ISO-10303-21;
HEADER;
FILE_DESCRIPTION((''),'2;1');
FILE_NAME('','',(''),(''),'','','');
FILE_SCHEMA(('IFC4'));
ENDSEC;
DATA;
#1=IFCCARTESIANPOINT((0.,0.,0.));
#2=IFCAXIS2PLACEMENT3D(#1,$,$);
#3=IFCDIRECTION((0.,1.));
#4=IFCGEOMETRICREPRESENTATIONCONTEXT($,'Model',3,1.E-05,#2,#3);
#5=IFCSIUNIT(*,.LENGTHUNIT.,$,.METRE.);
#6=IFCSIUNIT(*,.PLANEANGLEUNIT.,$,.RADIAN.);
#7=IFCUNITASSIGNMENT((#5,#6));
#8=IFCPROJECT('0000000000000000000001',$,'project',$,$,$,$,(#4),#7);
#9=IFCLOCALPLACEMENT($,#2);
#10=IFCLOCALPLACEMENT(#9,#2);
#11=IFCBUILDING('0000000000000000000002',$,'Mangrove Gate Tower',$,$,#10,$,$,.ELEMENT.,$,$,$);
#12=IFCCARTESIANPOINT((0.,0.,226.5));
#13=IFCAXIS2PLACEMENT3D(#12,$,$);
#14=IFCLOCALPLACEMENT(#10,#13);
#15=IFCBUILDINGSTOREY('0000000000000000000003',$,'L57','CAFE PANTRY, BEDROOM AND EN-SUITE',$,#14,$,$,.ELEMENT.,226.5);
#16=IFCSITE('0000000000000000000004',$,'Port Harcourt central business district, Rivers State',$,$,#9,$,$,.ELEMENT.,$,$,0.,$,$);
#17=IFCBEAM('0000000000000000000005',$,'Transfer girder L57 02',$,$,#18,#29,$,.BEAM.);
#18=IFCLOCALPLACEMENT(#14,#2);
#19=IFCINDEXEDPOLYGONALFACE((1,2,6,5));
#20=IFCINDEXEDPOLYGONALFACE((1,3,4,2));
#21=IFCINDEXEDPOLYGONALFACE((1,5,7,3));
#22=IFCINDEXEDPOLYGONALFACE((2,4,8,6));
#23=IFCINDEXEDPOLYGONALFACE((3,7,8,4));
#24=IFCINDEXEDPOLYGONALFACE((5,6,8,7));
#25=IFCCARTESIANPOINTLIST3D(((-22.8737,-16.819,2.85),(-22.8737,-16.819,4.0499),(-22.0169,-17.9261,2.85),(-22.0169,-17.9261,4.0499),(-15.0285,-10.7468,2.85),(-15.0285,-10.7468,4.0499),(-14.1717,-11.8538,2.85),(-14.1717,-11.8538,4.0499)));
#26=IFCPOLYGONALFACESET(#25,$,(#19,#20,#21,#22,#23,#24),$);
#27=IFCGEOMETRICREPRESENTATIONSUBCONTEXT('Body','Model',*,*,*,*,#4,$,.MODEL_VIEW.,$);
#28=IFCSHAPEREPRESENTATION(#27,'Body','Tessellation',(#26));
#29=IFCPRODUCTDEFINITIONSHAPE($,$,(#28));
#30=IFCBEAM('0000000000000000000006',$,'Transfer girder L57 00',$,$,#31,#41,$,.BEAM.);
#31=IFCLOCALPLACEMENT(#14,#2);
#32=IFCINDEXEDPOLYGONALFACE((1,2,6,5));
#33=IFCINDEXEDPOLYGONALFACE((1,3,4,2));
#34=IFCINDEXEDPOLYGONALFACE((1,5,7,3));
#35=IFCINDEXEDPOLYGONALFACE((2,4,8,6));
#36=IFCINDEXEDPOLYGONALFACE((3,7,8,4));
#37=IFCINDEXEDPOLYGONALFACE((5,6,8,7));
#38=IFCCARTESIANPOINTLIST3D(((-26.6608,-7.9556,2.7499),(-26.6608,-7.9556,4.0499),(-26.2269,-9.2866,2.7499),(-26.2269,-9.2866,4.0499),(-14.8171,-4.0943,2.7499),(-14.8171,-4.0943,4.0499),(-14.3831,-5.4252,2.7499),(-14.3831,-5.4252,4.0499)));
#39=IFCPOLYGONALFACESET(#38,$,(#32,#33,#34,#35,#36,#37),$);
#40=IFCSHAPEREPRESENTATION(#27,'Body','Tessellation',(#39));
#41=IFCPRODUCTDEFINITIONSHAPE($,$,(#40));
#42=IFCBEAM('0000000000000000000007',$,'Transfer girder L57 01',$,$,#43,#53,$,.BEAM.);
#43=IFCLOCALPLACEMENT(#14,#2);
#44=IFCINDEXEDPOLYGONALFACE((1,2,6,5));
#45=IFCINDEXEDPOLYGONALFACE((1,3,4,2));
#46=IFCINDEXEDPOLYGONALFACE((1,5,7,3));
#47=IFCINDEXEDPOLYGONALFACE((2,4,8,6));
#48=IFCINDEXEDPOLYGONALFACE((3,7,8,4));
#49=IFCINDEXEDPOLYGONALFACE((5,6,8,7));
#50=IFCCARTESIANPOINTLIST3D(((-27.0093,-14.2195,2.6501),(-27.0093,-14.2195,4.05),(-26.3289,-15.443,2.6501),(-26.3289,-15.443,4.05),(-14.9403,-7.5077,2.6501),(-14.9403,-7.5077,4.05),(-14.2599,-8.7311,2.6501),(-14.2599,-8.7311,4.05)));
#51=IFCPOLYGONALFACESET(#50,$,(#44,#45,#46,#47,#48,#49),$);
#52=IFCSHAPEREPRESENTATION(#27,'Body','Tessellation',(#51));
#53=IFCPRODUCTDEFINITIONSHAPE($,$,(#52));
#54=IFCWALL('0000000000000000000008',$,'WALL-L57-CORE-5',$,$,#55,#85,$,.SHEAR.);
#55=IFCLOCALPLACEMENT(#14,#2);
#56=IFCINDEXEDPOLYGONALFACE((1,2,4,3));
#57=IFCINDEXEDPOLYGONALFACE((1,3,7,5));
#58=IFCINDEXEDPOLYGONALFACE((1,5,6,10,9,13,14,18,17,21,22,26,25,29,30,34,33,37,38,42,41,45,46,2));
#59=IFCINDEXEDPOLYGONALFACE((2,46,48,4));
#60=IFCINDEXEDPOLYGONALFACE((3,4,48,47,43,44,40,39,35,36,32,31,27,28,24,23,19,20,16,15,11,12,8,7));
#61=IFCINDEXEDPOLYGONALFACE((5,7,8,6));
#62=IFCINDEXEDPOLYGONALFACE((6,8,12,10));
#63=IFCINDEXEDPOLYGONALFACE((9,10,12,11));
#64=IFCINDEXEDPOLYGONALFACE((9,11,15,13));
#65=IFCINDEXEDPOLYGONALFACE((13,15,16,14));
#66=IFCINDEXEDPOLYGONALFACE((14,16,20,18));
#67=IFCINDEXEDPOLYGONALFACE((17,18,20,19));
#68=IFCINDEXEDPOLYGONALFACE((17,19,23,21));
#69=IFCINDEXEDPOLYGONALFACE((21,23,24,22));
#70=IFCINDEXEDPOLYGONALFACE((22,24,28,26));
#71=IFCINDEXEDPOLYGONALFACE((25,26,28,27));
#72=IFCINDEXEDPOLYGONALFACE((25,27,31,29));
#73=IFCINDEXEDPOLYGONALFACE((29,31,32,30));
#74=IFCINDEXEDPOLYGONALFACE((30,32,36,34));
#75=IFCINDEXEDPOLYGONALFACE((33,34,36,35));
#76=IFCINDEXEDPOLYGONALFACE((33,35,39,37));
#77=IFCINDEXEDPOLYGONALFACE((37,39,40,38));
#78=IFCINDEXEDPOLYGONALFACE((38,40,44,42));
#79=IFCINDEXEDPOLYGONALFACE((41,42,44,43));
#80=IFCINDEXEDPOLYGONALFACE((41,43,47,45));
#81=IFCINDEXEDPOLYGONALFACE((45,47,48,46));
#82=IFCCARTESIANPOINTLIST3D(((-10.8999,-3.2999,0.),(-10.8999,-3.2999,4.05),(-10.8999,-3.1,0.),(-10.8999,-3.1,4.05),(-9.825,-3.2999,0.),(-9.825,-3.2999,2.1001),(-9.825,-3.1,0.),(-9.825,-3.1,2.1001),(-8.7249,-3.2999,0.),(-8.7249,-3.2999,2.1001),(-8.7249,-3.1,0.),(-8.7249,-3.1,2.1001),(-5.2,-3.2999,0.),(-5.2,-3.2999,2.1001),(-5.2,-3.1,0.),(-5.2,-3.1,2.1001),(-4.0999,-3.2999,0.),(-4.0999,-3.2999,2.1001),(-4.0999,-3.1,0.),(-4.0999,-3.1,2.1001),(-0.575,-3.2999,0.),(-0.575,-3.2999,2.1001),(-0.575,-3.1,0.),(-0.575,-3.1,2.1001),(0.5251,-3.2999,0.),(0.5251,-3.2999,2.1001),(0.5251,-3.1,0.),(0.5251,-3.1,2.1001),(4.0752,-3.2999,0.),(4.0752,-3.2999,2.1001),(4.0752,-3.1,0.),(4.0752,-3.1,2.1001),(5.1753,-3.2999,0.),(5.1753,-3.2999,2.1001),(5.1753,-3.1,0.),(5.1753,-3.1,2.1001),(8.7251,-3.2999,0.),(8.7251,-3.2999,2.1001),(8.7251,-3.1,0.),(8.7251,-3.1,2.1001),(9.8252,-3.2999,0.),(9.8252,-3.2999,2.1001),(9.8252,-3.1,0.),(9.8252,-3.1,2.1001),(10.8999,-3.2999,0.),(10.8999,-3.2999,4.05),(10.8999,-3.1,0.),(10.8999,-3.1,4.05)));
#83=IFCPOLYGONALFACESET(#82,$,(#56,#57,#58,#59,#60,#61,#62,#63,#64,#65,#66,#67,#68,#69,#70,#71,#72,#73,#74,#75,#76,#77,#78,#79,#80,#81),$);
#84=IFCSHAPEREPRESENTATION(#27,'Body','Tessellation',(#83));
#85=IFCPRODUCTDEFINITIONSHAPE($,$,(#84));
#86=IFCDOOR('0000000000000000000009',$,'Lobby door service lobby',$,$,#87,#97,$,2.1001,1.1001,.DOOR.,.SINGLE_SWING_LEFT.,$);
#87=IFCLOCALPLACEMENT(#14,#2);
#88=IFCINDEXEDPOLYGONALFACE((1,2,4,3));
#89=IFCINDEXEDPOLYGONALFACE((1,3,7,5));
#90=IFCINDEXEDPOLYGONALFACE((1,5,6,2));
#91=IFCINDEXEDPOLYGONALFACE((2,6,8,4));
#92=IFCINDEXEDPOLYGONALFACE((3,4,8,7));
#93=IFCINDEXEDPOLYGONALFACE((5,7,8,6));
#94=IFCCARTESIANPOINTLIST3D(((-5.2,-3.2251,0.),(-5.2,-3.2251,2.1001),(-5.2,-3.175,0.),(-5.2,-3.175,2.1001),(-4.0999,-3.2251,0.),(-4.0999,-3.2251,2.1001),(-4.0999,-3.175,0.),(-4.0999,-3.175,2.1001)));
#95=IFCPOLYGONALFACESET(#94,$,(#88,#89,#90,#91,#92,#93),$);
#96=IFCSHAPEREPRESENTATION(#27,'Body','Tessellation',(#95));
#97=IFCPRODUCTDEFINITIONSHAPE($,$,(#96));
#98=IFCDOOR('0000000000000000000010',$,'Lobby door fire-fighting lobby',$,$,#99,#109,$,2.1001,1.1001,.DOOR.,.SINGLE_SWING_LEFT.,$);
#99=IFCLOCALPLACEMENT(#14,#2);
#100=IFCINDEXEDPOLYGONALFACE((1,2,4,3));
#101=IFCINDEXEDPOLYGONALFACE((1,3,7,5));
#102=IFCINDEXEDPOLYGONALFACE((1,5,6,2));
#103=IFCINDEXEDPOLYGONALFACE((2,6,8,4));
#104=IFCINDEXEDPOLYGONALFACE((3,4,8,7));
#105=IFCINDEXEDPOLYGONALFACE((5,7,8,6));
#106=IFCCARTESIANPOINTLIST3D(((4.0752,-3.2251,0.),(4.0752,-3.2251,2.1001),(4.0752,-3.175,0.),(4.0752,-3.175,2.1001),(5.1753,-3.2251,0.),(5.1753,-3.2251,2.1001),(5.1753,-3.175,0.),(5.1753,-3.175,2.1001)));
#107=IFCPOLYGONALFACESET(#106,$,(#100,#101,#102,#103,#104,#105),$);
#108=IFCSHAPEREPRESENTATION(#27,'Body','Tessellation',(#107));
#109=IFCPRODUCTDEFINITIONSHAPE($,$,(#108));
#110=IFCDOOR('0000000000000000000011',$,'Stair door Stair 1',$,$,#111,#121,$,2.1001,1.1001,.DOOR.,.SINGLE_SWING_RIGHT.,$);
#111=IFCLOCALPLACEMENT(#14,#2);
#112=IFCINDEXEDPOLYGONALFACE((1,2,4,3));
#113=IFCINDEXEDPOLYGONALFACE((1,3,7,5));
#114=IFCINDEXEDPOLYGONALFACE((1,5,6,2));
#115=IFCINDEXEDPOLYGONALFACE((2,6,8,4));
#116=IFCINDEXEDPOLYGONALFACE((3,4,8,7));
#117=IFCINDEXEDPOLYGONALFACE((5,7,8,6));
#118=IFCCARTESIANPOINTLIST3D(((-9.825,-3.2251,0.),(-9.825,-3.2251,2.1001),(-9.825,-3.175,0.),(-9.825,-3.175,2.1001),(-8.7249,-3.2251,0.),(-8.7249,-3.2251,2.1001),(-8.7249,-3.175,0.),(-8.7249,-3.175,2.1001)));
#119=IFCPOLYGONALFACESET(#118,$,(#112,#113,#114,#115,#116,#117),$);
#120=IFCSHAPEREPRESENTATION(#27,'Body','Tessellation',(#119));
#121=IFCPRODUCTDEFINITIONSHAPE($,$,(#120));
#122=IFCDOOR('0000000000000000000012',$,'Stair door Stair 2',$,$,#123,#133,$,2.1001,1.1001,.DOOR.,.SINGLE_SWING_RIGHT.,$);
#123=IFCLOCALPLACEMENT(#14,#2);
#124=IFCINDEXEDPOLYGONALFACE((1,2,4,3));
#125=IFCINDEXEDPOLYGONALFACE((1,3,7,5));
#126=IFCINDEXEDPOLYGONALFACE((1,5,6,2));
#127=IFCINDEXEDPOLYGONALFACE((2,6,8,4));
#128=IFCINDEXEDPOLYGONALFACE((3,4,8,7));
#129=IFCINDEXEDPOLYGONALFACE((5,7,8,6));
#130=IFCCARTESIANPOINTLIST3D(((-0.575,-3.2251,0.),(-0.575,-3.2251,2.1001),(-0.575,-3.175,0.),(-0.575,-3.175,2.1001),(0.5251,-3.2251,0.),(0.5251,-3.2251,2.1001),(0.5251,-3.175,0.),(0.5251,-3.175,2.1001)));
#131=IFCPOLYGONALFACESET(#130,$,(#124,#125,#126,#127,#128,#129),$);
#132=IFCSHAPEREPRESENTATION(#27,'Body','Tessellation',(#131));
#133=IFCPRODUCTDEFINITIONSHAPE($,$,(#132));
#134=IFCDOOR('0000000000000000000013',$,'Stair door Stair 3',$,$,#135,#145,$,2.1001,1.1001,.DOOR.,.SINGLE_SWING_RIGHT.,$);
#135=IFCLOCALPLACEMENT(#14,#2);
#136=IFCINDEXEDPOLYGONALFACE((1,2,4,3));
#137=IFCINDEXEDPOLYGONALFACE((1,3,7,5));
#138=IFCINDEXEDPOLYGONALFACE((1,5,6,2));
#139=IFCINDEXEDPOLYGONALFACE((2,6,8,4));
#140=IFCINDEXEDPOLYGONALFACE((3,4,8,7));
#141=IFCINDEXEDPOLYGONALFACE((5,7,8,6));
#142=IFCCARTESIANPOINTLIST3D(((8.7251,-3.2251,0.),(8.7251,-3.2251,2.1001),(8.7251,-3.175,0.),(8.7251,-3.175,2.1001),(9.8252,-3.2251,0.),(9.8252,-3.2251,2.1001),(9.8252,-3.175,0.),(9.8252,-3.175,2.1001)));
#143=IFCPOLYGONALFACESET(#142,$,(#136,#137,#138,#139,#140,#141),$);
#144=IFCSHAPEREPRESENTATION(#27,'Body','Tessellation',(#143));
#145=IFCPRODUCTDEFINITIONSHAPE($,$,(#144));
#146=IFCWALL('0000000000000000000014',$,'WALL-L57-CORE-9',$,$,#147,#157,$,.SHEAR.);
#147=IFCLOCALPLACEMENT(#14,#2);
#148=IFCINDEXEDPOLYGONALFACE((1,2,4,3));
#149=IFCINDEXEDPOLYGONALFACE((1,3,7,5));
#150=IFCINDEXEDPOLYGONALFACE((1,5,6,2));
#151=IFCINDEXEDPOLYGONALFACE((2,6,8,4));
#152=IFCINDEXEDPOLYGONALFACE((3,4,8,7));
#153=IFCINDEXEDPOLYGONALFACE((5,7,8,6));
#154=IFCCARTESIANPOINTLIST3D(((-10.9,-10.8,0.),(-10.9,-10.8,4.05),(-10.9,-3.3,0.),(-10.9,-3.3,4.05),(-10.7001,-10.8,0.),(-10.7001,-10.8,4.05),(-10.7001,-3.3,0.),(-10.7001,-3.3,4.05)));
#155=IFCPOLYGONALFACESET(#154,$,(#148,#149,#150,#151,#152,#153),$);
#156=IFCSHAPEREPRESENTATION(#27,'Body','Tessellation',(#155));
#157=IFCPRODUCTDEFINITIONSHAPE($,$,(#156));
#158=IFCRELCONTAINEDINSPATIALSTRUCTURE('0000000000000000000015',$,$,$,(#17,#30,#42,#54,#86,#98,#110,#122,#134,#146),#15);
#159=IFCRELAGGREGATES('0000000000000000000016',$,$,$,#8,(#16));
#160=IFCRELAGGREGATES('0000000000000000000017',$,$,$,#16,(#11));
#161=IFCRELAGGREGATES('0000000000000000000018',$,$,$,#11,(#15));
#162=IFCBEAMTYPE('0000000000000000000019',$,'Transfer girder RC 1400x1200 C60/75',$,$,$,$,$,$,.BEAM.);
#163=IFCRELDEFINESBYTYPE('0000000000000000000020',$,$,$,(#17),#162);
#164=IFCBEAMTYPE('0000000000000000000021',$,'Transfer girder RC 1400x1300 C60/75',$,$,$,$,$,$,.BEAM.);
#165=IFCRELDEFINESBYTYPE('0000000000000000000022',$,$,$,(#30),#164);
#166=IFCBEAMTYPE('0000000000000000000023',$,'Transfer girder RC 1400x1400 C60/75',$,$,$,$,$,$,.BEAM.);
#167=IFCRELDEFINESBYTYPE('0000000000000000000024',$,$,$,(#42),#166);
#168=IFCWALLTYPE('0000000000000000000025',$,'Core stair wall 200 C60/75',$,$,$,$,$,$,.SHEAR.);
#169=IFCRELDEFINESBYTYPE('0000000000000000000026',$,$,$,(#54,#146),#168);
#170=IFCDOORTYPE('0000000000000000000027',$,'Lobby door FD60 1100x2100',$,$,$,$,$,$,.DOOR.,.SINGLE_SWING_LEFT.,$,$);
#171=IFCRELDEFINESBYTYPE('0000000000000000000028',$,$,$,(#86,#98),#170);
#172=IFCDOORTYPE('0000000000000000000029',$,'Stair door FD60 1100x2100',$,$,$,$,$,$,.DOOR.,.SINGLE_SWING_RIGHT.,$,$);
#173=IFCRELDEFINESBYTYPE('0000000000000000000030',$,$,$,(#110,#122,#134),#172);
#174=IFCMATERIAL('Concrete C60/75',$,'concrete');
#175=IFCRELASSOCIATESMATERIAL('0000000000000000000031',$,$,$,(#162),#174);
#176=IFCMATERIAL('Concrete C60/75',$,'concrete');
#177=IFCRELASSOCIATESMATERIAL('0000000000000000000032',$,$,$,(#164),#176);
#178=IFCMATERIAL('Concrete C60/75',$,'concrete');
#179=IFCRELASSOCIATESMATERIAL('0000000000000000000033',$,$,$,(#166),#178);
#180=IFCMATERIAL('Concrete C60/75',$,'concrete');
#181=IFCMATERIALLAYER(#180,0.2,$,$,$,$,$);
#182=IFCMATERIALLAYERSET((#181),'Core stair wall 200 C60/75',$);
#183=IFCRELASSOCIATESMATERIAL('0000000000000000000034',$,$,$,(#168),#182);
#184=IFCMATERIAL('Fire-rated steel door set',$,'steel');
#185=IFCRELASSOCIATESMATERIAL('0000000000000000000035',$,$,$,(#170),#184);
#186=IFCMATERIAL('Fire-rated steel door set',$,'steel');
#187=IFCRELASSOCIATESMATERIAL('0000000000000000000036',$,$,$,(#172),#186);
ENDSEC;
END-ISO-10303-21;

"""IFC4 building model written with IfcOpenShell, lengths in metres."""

from ifc_helpers import new_model, si_unit, direction, frame, frame_2d, origin, origin_2d, place, context, subcontext, project, spatial, rectangle, extrude, material, layer, layer_set, material_profile, profile_set, type_object, element, fill, save


model = new_model("IFC4")

# Units and contexts
model_context = context("Model", 3, precision=1e-05, world=origin(), true_north=direction((0.0, 1.0)))
body_context = subcontext(model_context, "Body", "Model", "MODEL_VIEW")
ifc_project = project(units=[si_unit("LENGTHUNIT", "METRE"), si_unit("PLANEANGLEUNIT", "RADIAN")], contexts=[model_context])

# Site, building, storey
site_placement = place(None, origin())
site = spatial("IfcSite", under=ifc_project, at=site_placement, Name="Port Harcourt central business district, Rivers State", CompositionType="ELEMENT", RefElevation=0.0)
building_placement = place(site_placement, origin())
building = spatial("IfcBuilding", under=site, at=building_placement, Name="Mangrove Gate Tower", CompositionType="ELEMENT")
storey_placement = place(building_placement, frame((0.0, 0.0, 226.5)))
storey = spatial("IfcBuildingStorey", under=building, at=storey_placement, Name="L57", Description="CAFE PANTRY, BEDROOM AND EN-SUITE", CompositionType="ELEMENT", Elevation=226.5)

# Beams
ifc_material_1 = material(Name="Concrete C60/75", Category="concrete")
ifc_material_profile_1 = material_profile(ifc_material_1, rectangle(XDim=1.3999, YDim=1.2, at=origin_2d()))
ifc_profile_set_1 = profile_set([ifc_material_profile_1], Name="Concrete C60/75")
beam_type_1 = type_object("IfcBeamType", Name="Transfer girder RC 1400x1200 C60/75", PredefinedType="BEAM", material=ifc_profile_set_1)
beam_1_placement = place(storey_placement, frame((-14.6001, -11.3003, 3.45), z_axis=(-0.790794, -0.612082, 0.0), x_axis=(0.612082, -0.790794, 0.0)))
element("IfcBeam", 1, at=beam_1_placement, inside=storey, type_object=beam_type_1, Name="Transfer girder L57 02", PredefinedType="BEAM", context=body_context, shape_type="SweptSolid", body=[
    extrude(rectangle(XDim=1.3999, YDim=1.2, at=origin_2d()), origin(), (0.0, 0.0, 1.0), 9.9207),
])
ifc_material_2 = material(Name="Concrete C60/75", Category="concrete")
ifc_material_profile_2 = material_profile(ifc_material_2, rectangle(XDim=1.3999, YDim=1.3, at=origin_2d()))
ifc_profile_set_2 = profile_set([ifc_material_profile_2], Name="Concrete C60/75")
beam_type_2 = type_object("IfcBeamType", Name="Transfer girder RC 1400x1300 C60/75", PredefinedType="BEAM", material=ifc_profile_set_2)
beam_2_placement = place(storey_placement, frame((-14.6001, -4.7598, 3.3999), z_axis=(-0.950748, -0.309965, 0.0), x_axis=(0.309965, -0.950748, 0.0)))
element("IfcBeam", 2, at=beam_2_placement, inside=storey, type_object=beam_type_2, Name="Transfer girder L57 00", PredefinedType="BEAM", context=body_context, shape_type="SweptSolid", body=[
    extrude(rectangle(XDim=1.3999, YDim=1.3, at=origin_2d()), origin(), (0.0, 0.0, 1.0), 12.4573),
])
ifc_material_3 = material(Name="Concrete C60/75", Category="concrete")
ifc_material_profile_3 = material_profile(ifc_material_3, rectangle(XDim=1.3999, YDim=1.3999, at=origin_2d()))
ifc_profile_set_3 = profile_set([ifc_material_profile_3], Name="Concrete C60/75")
beam_type_3 = type_object("IfcBeamType", Name="Transfer girder RC 1400x1400 C60/75", PredefinedType="BEAM", material=ifc_profile_set_3)
beam_3_placement = place(storey_placement, frame((-14.6001, -8.1194, 3.3501), z_axis=(-0.873946, -0.486023, 0.0), x_axis=(0.486023, -0.873946, 0.0)))
element("IfcBeam", 3, at=beam_3_placement, inside=storey, type_object=beam_type_3, Name="Transfer girder L57 01", PredefinedType="BEAM", context=body_context, shape_type="SweptSolid", body=[
    extrude(rectangle(XDim=1.3999, YDim=1.3999, at=origin_2d()), origin(), (0.0, 0.0, 1.0), 13.8098),
])

# Wall, openings, doors
ifc_material_4 = material(Name="Concrete C60/75", Category="concrete")
ifc_layer_1 = layer(ifc_material_4, 0.2)
ifc_layer_set_1 = layer_set([ifc_layer_1], Name="Core stair wall 200 C60/75")
wall_type_1 = type_object("IfcWallType", Name="Core stair wall 200 C60/75", PredefinedType="SHEAR", material=ifc_layer_set_1)
wall_1_placement = place(storey_placement, frame((-10.8999, -3.2, 0.0), z_axis=(0.0, 0.0, 1.0), x_axis=(1.0, 0.0, 0.0)))
wall_1 = element("IfcWall", 4, at=wall_1_placement, inside=storey, type_object=wall_type_1, Name="WALL-L57-CORE-5", PredefinedType="SHEAR", context=body_context, shape_type="SweptSolid", body=[
    extrude(rectangle(XDim=21.7998, YDim=0.2, at=frame_2d((10.8999, 0.0))), origin(), (0.0, 0.0, 1.0), 4.05),
])
opening_1_placement = place(wall_1_placement, frame((1.075, 0.0, 0.0)))
opening_1 = element("IfcOpeningElement", 5, at=opening_1_placement, cuts=wall_1, PredefinedType="OPENING", context=body_context, shape_type="SweptSolid", body=[
    extrude(rectangle(XDim=1.1001, YDim=2.1001, at=frame_2d((0.55, 1.05))), frame((0.0, 0.1099, 0.0), z_axis=(0.0, -1.0, 0.0), x_axis=(1.0, 0.0, 0.0)), (0.0, 0.0, 1.0), 0.22),
])
opening_2_placement = place(wall_1_placement, frame((10.325, 0.0, 0.0)))
opening_2 = element("IfcOpeningElement", 6, at=opening_2_placement, cuts=wall_1, PredefinedType="OPENING", context=body_context, shape_type="SweptSolid", body=[
    extrude(rectangle(XDim=1.1001, YDim=2.1001, at=frame_2d((0.55, 1.05))), frame((0.0, 0.1099, 0.0), z_axis=(0.0, -1.0, 0.0), x_axis=(1.0, 0.0, 0.0)), (0.0, 0.0, 1.0), 0.22),
])
opening_3_placement = place(wall_1_placement, frame((19.625, 0.0, 0.0)))
opening_3 = element("IfcOpeningElement", 7, at=opening_3_placement, cuts=wall_1, PredefinedType="OPENING", context=body_context, shape_type="SweptSolid", body=[
    extrude(rectangle(XDim=1.1001, YDim=2.1001, at=frame_2d((0.55, 1.05))), frame((0.0, 0.1099, 0.0), z_axis=(0.0, -1.0, 0.0), x_axis=(1.0, 0.0, 0.0)), (0.0, 0.0, 1.0), 0.22),
])
opening_4_placement = place(wall_1_placement, frame((5.7, 0.0, 0.0)))
opening_4 = element("IfcOpeningElement", 8, at=opening_4_placement, cuts=wall_1, PredefinedType="OPENING", context=body_context, shape_type="SweptSolid", body=[
    extrude(rectangle(XDim=1.1001, YDim=2.1001, at=frame_2d((0.55, 1.05))), frame((0.0, 0.1099, 0.0), z_axis=(0.0, -1.0, 0.0), x_axis=(1.0, 0.0, 0.0)), (0.0, 0.0, 1.0), 0.22),
])
opening_5_placement = place(wall_1_placement, frame((14.9751, 0.0, 0.0)))
opening_5 = element("IfcOpeningElement", 9, at=opening_5_placement, cuts=wall_1, PredefinedType="OPENING", context=body_context, shape_type="SweptSolid", body=[
    extrude(rectangle(XDim=1.1001, YDim=2.1001, at=frame_2d((0.55, 1.05))), frame((0.0, 0.1099, 0.0), z_axis=(0.0, -1.0, 0.0), x_axis=(1.0, 0.0, 0.0)), (0.0, 0.0, 1.0), 0.22),
])
ifc_material_5 = material(Name="Fire-rated steel door set", Category="steel")
door_type_1 = type_object("IfcDoorType", Name="Lobby door FD60 1100x2100", OperationType="SINGLE_SWING_LEFT", PredefinedType="DOOR", material=ifc_material_5)
door_1_placement = place(opening_4_placement, origin())
door_1 = element("IfcDoor", 10, at=door_1_placement, inside=storey, type_object=door_type_1, Name="Lobby door service lobby", OperationType="SINGLE_SWING_LEFT", OverallHeight=2.1001, OverallWidth=1.1001, PredefinedType="DOOR", context=body_context, shape_type="SweptSolid", body=[
    extrude(rectangle(XDim=1.1001, YDim=2.1001, at=frame_2d((0.55, 1.05))), frame((0.0, 0.0249, 0.0), z_axis=(0.0, -1.0, 0.0), x_axis=(1.0, 0.0, 0.0)), (0.0, 0.0, 1.0), 0.05),
])
fill(opening_4, door_1)
door_2_placement = place(opening_5_placement, origin())
door_2 = element("IfcDoor", 11, at=door_2_placement, inside=storey, type_object=door_type_1, Name="Lobby door fire-fighting lobby", OperationType="SINGLE_SWING_LEFT", OverallHeight=2.1001, OverallWidth=1.1001, PredefinedType="DOOR", context=body_context, shape_type="SweptSolid", body=[
    extrude(rectangle(XDim=1.1001, YDim=2.1001, at=frame_2d((0.55, 1.05))), frame((0.0, 0.0249, 0.0), z_axis=(0.0, -1.0, 0.0), x_axis=(1.0, 0.0, 0.0)), (0.0, 0.0, 1.0), 0.05),
])
fill(opening_5, door_2)
ifc_material_6 = material(Name="Fire-rated steel door set", Category="steel")
door_type_2 = type_object("IfcDoorType", Name="Stair door FD60 1100x2100", OperationType="SINGLE_SWING_RIGHT", PredefinedType="DOOR", material=ifc_material_6)
door_3_placement = place(opening_1_placement, origin())
door_3 = element("IfcDoor", 12, at=door_3_placement, inside=storey, type_object=door_type_2, Name="Stair door Stair 1", OperationType="SINGLE_SWING_RIGHT", OverallHeight=2.1001, OverallWidth=1.1001, PredefinedType="DOOR", context=body_context, shape_type="SweptSolid", body=[
    extrude(rectangle(XDim=1.1001, YDim=2.1001, at=frame_2d((0.55, 1.05))), frame((0.0, 0.0249, 0.0), z_axis=(0.0, -1.0, 0.0), x_axis=(1.0, 0.0, 0.0)), (0.0, 0.0, 1.0), 0.05),
])
fill(opening_1, door_3)
door_4_placement = place(opening_2_placement, origin())
door_4 = element("IfcDoor", 13, at=door_4_placement, inside=storey, type_object=door_type_2, Name="Stair door Stair 2", OperationType="SINGLE_SWING_RIGHT", OverallHeight=2.1001, OverallWidth=1.1001, PredefinedType="DOOR", context=body_context, shape_type="SweptSolid", body=[
    extrude(rectangle(XDim=1.1001, YDim=2.1001, at=frame_2d((0.55, 1.05))), frame((0.0, 0.0249, 0.0), z_axis=(0.0, -1.0, 0.0), x_axis=(1.0, 0.0, 0.0)), (0.0, 0.0, 1.0), 0.05),
])
fill(opening_2, door_4)
door_5_placement = place(opening_3_placement, origin())
door_5 = element("IfcDoor", 14, at=door_5_placement, inside=storey, type_object=door_type_2, Name="Stair door Stair 3", OperationType="SINGLE_SWING_RIGHT", OverallHeight=2.1001, OverallWidth=1.1001, PredefinedType="DOOR", context=body_context, shape_type="SweptSolid", body=[
    extrude(rectangle(XDim=1.1001, YDim=2.1001, at=frame_2d((0.55, 1.05))), frame((0.0, 0.0249, 0.0), z_axis=(0.0, -1.0, 0.0), x_axis=(1.0, 0.0, 0.0)), (0.0, 0.0, 1.0), 0.05),
])
fill(opening_3, door_5)

# Wall
wall_2_placement = place(storey_placement, frame((-10.8, -10.8, 0.0), z_axis=(0.0, 0.0, 1.0), x_axis=(0.0, 1.0, 0.0)))
element("IfcWall", 15, at=wall_2_placement, inside=storey, type_object=wall_type_1, Name="WALL-L57-CORE-9", PredefinedType="SHEAR", context=body_context, shape_type="SweptSolid", body=[
    extrude(rectangle(XDim=7.5, YDim=0.2, at=frame_2d((3.75, 0.0))), origin(), (0.0, 0.0, 1.0), 4.05),
])

save(model, "model.ifc")
